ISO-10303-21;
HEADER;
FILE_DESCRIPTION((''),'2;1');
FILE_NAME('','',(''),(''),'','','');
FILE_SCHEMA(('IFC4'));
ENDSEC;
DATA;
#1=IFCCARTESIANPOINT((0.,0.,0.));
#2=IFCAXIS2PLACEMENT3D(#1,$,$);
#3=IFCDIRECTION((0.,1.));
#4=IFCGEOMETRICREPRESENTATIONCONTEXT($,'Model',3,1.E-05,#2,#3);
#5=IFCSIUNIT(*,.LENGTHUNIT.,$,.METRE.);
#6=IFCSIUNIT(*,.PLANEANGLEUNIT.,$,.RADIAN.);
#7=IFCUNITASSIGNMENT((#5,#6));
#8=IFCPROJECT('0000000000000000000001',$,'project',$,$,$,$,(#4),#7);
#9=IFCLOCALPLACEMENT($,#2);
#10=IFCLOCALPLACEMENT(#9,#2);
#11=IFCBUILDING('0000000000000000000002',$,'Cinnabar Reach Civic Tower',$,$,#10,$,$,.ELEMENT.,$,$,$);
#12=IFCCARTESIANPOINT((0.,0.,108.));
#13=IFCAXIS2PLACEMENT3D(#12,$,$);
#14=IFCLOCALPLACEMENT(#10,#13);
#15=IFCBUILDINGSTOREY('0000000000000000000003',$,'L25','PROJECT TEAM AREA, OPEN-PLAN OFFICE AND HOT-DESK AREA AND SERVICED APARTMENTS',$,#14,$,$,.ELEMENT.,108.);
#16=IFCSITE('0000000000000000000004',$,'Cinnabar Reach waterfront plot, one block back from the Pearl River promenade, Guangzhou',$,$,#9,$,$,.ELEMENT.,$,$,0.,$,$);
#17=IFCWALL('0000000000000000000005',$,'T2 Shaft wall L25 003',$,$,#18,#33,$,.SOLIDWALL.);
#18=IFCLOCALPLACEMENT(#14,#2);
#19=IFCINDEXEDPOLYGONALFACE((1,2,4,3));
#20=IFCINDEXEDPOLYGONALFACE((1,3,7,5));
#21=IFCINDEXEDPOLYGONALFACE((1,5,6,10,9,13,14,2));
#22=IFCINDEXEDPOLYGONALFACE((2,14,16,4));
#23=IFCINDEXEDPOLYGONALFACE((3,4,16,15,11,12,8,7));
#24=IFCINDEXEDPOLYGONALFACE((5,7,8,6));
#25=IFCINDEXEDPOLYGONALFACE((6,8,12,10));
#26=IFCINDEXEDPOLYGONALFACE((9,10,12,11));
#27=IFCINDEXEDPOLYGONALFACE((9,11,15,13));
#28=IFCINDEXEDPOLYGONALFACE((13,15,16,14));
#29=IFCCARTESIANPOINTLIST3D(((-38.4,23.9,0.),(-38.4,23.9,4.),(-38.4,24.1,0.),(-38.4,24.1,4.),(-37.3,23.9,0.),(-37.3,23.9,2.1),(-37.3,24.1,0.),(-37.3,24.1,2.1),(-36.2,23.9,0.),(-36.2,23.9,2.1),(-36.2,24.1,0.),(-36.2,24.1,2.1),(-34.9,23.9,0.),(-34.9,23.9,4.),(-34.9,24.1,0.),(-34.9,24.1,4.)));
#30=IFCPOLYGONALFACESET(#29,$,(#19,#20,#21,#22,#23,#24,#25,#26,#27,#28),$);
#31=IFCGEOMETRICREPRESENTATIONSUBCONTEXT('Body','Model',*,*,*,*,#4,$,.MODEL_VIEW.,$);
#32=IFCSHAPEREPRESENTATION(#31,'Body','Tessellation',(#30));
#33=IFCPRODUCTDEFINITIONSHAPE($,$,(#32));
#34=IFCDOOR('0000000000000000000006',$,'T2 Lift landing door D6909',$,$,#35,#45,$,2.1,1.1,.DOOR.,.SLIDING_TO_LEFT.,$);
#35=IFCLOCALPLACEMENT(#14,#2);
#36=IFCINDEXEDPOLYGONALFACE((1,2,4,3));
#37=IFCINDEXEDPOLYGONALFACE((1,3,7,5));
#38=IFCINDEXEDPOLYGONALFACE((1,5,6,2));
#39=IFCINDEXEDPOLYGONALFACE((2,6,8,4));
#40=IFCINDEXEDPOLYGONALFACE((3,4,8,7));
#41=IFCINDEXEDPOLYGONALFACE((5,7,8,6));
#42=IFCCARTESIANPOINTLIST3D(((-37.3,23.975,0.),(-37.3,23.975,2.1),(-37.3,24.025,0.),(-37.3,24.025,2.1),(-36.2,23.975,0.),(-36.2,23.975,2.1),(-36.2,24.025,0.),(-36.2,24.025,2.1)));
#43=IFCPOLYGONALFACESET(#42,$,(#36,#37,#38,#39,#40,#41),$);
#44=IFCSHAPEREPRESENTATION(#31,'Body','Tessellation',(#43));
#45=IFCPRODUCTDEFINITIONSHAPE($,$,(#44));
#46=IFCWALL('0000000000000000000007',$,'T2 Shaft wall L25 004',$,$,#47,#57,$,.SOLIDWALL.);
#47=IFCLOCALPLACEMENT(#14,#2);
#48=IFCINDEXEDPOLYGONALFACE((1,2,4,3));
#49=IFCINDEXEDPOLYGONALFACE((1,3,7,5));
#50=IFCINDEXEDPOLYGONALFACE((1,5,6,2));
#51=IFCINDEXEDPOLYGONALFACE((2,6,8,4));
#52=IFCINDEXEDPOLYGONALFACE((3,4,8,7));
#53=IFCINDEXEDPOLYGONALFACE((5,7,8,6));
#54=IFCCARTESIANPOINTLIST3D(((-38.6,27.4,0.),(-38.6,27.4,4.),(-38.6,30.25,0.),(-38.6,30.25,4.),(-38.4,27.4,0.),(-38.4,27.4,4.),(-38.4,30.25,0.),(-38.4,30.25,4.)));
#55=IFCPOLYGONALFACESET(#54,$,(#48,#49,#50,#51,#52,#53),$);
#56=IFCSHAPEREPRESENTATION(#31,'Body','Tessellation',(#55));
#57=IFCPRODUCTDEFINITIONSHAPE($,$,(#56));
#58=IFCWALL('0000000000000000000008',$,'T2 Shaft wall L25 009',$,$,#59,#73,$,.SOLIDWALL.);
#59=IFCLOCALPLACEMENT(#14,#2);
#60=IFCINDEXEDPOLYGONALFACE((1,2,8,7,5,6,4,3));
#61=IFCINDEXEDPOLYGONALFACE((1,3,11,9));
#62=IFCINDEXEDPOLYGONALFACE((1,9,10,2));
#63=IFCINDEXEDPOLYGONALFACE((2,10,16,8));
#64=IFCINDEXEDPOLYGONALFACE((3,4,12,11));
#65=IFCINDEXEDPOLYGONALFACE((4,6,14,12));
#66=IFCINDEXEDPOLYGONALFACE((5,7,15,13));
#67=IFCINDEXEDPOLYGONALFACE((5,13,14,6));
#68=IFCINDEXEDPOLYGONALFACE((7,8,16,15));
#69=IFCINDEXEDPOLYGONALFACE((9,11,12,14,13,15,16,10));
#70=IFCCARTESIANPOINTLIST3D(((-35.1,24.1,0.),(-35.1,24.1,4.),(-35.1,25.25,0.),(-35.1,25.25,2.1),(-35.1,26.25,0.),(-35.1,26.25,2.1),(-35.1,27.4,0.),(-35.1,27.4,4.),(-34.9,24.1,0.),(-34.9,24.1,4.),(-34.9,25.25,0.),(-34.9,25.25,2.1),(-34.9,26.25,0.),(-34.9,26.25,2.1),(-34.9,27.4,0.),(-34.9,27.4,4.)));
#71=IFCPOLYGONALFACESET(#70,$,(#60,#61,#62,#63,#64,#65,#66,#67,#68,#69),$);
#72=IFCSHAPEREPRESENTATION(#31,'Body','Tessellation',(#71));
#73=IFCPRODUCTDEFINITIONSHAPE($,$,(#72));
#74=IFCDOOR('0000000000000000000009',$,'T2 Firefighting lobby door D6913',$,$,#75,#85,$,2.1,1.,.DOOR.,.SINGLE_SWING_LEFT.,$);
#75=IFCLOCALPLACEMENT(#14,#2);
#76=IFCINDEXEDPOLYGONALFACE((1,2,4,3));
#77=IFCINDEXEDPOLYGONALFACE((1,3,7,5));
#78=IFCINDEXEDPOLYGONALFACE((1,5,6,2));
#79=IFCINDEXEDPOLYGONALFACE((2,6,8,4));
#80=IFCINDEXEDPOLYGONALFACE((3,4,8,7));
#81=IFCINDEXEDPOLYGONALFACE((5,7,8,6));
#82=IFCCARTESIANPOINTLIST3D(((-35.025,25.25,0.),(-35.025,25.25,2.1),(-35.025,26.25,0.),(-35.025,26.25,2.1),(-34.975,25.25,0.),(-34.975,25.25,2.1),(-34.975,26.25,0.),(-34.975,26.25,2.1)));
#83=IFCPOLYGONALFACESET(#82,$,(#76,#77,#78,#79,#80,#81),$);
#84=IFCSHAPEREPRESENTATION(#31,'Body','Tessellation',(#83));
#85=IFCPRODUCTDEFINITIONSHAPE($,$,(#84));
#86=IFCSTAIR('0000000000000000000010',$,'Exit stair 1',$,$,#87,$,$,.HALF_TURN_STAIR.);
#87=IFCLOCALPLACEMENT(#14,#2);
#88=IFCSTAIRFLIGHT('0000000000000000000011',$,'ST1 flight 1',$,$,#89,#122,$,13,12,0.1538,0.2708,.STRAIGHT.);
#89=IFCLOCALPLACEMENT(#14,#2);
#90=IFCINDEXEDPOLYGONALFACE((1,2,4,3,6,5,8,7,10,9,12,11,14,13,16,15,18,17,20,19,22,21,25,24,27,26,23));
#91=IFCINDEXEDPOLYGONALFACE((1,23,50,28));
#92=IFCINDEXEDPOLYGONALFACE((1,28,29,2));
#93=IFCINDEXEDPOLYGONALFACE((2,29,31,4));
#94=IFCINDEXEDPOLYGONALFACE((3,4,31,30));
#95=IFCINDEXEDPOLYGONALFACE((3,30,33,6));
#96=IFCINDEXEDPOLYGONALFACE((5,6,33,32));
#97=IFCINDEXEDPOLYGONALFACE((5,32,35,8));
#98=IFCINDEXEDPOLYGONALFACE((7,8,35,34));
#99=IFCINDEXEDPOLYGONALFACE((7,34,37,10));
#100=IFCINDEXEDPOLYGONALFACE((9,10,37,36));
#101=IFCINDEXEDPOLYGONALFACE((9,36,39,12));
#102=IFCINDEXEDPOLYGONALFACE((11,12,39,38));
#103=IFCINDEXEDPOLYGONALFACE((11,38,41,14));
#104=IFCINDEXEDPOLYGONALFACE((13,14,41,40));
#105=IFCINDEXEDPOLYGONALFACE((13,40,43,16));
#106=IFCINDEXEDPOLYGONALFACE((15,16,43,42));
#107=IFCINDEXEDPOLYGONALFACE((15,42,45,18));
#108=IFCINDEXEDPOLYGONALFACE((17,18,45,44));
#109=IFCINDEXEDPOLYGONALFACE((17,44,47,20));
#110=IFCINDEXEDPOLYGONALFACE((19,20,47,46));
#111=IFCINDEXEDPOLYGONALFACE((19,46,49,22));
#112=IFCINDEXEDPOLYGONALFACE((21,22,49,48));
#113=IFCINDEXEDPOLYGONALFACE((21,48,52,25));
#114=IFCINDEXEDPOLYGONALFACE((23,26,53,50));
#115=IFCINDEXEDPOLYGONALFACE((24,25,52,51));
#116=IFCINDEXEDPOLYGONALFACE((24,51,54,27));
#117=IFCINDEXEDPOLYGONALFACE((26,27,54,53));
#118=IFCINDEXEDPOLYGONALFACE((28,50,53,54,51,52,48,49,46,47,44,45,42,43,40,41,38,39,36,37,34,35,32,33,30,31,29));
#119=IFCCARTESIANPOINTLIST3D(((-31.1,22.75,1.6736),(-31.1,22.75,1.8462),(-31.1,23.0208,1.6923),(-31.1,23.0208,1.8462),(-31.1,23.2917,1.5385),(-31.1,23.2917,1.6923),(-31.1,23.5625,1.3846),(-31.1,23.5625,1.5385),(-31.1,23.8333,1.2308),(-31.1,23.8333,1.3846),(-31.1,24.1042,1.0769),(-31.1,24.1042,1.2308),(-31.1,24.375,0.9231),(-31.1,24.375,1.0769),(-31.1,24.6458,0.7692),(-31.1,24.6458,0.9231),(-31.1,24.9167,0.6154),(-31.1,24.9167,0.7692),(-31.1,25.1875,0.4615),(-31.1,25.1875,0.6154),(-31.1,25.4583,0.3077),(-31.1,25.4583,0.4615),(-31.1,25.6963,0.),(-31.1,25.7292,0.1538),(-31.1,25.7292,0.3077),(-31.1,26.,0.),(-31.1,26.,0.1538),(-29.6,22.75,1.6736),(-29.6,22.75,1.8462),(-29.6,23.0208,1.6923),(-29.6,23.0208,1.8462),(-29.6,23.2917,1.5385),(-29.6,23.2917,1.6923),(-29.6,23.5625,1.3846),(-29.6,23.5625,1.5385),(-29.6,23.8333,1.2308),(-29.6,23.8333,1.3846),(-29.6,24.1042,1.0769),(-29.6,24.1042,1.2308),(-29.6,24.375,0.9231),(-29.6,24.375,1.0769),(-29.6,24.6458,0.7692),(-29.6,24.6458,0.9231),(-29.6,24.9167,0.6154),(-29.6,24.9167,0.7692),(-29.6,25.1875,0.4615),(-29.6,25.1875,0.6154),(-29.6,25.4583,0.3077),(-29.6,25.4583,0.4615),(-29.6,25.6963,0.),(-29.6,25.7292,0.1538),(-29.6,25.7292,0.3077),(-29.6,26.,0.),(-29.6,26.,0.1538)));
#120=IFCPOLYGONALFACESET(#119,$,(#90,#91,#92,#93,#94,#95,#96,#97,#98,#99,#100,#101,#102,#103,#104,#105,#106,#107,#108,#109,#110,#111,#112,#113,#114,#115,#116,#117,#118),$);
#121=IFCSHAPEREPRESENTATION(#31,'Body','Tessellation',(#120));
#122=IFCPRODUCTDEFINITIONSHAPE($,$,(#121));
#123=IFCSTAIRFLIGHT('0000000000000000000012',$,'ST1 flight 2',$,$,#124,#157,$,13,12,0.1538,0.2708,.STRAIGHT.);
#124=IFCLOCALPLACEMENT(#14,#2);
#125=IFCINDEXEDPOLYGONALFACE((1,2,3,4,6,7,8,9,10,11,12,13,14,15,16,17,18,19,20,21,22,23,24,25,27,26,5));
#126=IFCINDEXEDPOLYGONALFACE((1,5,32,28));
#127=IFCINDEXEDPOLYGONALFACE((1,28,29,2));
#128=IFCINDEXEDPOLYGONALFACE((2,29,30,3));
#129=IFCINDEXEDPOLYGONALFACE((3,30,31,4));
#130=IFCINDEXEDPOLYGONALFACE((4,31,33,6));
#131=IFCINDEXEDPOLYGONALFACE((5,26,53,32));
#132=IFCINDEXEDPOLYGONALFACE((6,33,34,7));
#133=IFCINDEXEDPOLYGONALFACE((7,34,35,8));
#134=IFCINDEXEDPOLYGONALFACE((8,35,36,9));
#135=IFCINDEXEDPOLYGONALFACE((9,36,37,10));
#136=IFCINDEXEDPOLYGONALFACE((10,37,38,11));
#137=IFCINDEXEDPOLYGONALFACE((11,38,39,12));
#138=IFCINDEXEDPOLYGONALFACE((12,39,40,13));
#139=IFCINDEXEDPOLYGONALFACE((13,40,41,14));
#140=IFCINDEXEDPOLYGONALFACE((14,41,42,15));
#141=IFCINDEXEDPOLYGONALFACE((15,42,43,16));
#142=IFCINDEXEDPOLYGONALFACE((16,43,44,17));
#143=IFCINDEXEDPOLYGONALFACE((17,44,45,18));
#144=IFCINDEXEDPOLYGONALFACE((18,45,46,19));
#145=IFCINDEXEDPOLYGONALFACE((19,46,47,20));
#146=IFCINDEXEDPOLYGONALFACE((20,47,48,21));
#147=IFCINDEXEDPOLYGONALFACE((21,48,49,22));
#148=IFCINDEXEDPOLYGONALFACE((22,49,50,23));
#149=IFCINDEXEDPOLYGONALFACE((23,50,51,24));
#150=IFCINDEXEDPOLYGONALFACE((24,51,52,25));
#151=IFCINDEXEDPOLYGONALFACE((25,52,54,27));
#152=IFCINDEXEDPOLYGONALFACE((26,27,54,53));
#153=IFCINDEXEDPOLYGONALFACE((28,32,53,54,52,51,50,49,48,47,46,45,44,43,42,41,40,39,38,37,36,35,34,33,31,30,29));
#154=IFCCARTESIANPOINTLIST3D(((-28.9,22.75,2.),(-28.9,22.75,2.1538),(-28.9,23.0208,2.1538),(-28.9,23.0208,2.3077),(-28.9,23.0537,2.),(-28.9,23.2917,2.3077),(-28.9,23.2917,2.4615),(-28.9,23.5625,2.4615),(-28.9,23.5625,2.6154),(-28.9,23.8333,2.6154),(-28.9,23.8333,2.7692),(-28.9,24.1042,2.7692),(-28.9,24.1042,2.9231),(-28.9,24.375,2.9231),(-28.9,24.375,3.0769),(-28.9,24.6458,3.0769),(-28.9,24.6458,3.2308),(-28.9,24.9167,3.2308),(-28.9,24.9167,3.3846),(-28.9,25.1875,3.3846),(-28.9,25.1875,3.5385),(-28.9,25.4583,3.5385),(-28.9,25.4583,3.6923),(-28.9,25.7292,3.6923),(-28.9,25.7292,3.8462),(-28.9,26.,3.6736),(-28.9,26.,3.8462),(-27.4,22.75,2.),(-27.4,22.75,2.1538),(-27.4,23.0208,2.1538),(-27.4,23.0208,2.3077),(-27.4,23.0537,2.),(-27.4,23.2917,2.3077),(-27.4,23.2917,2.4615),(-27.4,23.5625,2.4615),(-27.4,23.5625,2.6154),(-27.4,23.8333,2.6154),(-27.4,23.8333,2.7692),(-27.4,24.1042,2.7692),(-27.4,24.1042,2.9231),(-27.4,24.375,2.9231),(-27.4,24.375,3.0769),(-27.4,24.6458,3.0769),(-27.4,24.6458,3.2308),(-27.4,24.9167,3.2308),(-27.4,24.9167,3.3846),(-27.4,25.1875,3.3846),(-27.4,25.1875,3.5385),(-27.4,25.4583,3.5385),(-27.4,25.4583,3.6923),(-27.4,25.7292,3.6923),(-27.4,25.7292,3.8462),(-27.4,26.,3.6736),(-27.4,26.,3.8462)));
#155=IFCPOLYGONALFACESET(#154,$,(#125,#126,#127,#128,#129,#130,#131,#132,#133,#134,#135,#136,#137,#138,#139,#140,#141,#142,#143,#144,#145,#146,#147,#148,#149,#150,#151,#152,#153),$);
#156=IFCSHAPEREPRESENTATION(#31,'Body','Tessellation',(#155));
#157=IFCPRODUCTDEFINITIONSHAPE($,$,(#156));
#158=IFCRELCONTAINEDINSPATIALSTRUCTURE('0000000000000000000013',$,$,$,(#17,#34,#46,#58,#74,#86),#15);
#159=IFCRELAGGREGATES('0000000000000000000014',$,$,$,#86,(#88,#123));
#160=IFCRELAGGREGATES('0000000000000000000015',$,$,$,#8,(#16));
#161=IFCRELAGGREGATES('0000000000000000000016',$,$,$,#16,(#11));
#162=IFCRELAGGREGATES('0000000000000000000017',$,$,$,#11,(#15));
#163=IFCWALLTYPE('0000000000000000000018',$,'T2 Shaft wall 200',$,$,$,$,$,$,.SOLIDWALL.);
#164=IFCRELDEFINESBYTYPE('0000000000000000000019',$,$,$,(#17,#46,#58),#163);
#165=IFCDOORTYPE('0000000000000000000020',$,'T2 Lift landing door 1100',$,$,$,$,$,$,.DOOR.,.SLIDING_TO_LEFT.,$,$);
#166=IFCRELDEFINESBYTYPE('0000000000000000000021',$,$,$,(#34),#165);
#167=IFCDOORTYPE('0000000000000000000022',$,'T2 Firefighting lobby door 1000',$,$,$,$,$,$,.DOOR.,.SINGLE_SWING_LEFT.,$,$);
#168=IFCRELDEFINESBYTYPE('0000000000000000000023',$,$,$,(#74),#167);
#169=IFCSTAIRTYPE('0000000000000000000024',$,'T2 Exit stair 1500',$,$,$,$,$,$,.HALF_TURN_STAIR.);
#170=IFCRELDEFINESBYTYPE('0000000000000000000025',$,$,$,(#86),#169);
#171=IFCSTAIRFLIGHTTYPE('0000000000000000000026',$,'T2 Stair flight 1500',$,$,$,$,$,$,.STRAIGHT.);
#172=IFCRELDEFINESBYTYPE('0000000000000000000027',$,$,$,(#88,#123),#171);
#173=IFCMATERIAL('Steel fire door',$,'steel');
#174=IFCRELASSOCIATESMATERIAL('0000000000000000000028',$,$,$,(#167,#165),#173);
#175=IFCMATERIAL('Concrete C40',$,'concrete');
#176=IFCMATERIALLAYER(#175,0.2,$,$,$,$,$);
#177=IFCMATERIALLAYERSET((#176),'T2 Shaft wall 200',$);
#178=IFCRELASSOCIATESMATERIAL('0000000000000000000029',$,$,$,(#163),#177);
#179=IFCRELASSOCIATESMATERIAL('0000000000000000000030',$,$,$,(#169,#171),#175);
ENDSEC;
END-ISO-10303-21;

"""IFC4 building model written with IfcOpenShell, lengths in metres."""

from ifc_helpers import new_model, si_unit, direction, frame, frame_2d, origin, place, context, subcontext, project, spatial, polyline, rectangle, outline, extrude, material, layer, layer_set, type_object, element, fill, aggregate, save


model = new_model("IFC4")

# Units and contexts
model_context = context("Model", 3, precision=1e-05, world=origin(), true_north=direction((0.0, 1.0)))
body_context = subcontext(model_context, "Body", "Model", "MODEL_VIEW")
ifc_project = project(units=[si_unit("LENGTHUNIT", "METRE"), si_unit("PLANEANGLEUNIT", "RADIAN")], contexts=[model_context])

# Site, building, storey
site_placement = place(None, origin())
site = spatial("IfcSite", under=ifc_project, at=site_placement, Name="Cinnabar Reach waterfront plot, one block back from the Pearl River promenade, Guangzhou", CompositionType="ELEMENT", RefElevation=0.0)
building_placement = place(site_placement, origin())
building = spatial("IfcBuilding", under=site, at=building_placement, Name="Cinnabar Reach Civic Tower", CompositionType="ELEMENT")
storey_placement = place(building_placement, frame((0.0, 0.0, 108.0)))
storey = spatial("IfcBuildingStorey", under=building, at=storey_placement, Name="L25", Description="PROJECT TEAM AREA, OPEN-PLAN OFFICE AND HOT-DESK AREA AND SERVICED APARTMENTS", CompositionType="ELEMENT", Elevation=108.0)

# Shared definitions
ifc_material_1 = material(Name="Steel fire door", Category="steel")
door_type_1 = type_object("IfcDoorType", Name="T2 Firefighting lobby door 1000", OperationType="SINGLE_SWING_LEFT", PredefinedType="DOOR", material=ifc_material_1)

# Shared definitions
ifc_material_2 = material(Name="Concrete C40", Category="concrete")
ifc_layer_1 = layer(ifc_material_2, 0.2)
ifc_layer_set_1 = layer_set([ifc_layer_1], Name="T2 Shaft wall 200")
wall_type_1 = type_object("IfcWallType", Name="T2 Shaft wall 200", PredefinedType="SOLIDWALL", material=ifc_layer_set_1)

# Wall, opening, door
door_type_2 = type_object("IfcDoorType", Name="T2 Lift landing door 1100", OperationType="SLIDING_TO_LEFT", PredefinedType="DOOR", material=ifc_material_1)
wall_1_placement = place(storey_placement, frame((-34.9, 24.0, 0.0), z_axis=(0.0, 0.0, 1.0), x_axis=(-1.0, 0.0, 0.0)))
wall_1 = element("IfcWall", 1, at=wall_1_placement, inside=storey, type_object=wall_type_1, Name="T2 Shaft wall L25 003", PredefinedType="SOLIDWALL", context=body_context, shape_type="SweptSolid", body=[
    extrude(rectangle(XDim=3.5, YDim=0.2, at=frame_2d((1.75, 0.0))), origin(), (0.0, 0.0, 1.0), 4.0),
])
opening_1_placement = place(wall_1_placement, frame((1.3, 0.0, 0.0)))
opening_1 = element("IfcOpeningElement", 2, at=opening_1_placement, cuts=wall_1, PredefinedType="OPENING", context=body_context, shape_type="SweptSolid", body=[
    extrude(rectangle(XDim=1.1, YDim=2.1, at=frame_2d((0.55, 1.05))), frame((0.0, 0.11, 0.0), z_axis=(0.0, -1.0, 0.0), x_axis=(1.0, 0.0, 0.0)), (0.0, 0.0, 1.0), 0.22),
])
door_1_placement = place(opening_1_placement, origin())
door_1 = element("IfcDoor", 3, at=door_1_placement, inside=storey, type_object=door_type_2, Name="T2 Lift landing door D6909", OperationType="SLIDING_TO_LEFT", OverallHeight=2.1, OverallWidth=1.1, PredefinedType="DOOR", context=body_context, shape_type="SweptSolid", body=[
    extrude(rectangle(XDim=1.1, YDim=2.1, at=frame_2d((0.55, 1.05))), frame((0.0, 0.025, 0.0), z_axis=(0.0, -1.0, 0.0), x_axis=(1.0, 0.0, 0.0)), (0.0, 0.0, 1.0), 0.05),
])
fill(opening_1, door_1)

# Wall
wall_2_placement = place(storey_placement, frame((-38.5, 27.4, 0.0), z_axis=(0.0, 0.0, 1.0), x_axis=(0.0, 1.0, 0.0)))
element("IfcWall", 4, at=wall_2_placement, inside=storey, type_object=wall_type_1, Name="T2 Shaft wall L25 004", PredefinedType="SOLIDWALL", context=body_context, shape_type="SweptSolid", body=[
    extrude(rectangle(XDim=2.85, YDim=0.2, at=frame_2d((1.425, 0.0))), origin(), (0.0, 0.0, 1.0), 4.0),
])

# Wall, opening, door
wall_3_placement = place(storey_placement, frame((-35.0, 24.1, 0.0), z_axis=(0.0, 0.0, 1.0), x_axis=(0.0, 1.0, 0.0)))
wall_3 = element("IfcWall", 5, at=wall_3_placement, inside=storey, type_object=wall_type_1, Name="T2 Shaft wall L25 009", PredefinedType="SOLIDWALL", context=body_context, shape_type="SweptSolid", body=[
    extrude(rectangle(XDim=3.3, YDim=0.2, at=frame_2d((1.65, 0.0))), origin(), (0.0, 0.0, 1.0), 4.0),
])
opening_2_placement = place(wall_3_placement, frame((1.15, 0.0, 0.0)))
opening_2 = element("IfcOpeningElement", 6, at=opening_2_placement, cuts=wall_3, PredefinedType="OPENING", context=body_context, shape_type="SweptSolid", body=[
    extrude(rectangle(XDim=1.0, YDim=2.1, at=frame_2d((0.5, 1.05))), frame((0.0, 0.11, 0.0), z_axis=(0.0, -1.0, 0.0), x_axis=(1.0, 0.0, 0.0)), (0.0, 0.0, 1.0), 0.22),
])
door_2_placement = place(opening_2_placement, origin())
door_2 = element("IfcDoor", 7, at=door_2_placement, inside=storey, type_object=door_type_1, Name="T2 Firefighting lobby door D6913", OperationType="SINGLE_SWING_LEFT", OverallHeight=2.1, OverallWidth=1.0, PredefinedType="DOOR", context=body_context, shape_type="SweptSolid", body=[
    extrude(rectangle(XDim=1.0, YDim=2.1, at=frame_2d((0.5, 1.05))), frame((0.0, 0.025, 0.0), z_axis=(0.0, -1.0, 0.0), x_axis=(1.0, 0.0, 0.0)), (0.0, 0.0, 1.0), 0.05),
])
fill(opening_2, door_2)

# Stair, stair flights
stair_type = type_object("IfcStairType", Name="T2 Exit stair 1500", PredefinedType="HALF_TURN_STAIR", material=ifc_material_2)
stair_placement = place(storey_placement, origin())
stair = element("IfcStair", 8, at=stair_placement, inside=storey, type_object=stair_type, Name="Exit stair 1", PredefinedType="HALF_TURN_STAIR")
stair_flight_type = type_object("IfcStairFlightType", Name="T2 Stair flight 1500", PredefinedType="STRAIGHT", material=ifc_material_2)
stair_flight_1_placement = place(storey_placement, frame((-30.35, 26.0, 0.0), z_axis=(0.0, 0.0, 1.0), x_axis=(0.0, -1.0, 0.0)))
stair_flight_1 = element("IfcStairFlight", 9, at=stair_flight_1_placement, type_object=stair_flight_type, Name="ST1 flight 1", NumberOfRisers=13, NumberOfTreads=12, PredefinedType="STRAIGHT", RiserHeight=0.1538, TreadLength=0.2708, context=body_context, shape_type="SweptSolid", body=[
    extrude(outline(polyline([(0.0, 0.0), (0.0, 0.1538), (0.2708, 0.1538), (0.2708, 0.3077), (0.5417, 0.3077), (0.5417, 0.4615), (0.8125, 0.4615), (0.8125, 0.6154), (1.0833, 0.6154), (1.0833, 0.7692), (1.3542, 0.7692), (1.3542, 0.9231), (1.625, 0.9231), (1.625, 1.0769), (1.8958, 1.0769), (1.8958, 1.2308), (2.1667, 1.2308), (2.1667, 1.3846), (2.4375, 1.3846), (2.4375, 1.5385), (2.7083, 1.5385), (2.7083, 1.6923), (2.9792, 1.6923), (2.9792, 1.8462), (3.25, 1.8462), (3.25, 2.0), (3.25, 1.6736), (0.3037, 0.0), (0.0, 0.0)])), frame((0.0, 0.75, 0.0), z_axis=(0.0, -1.0, 0.0), x_axis=(1.0, 0.0, 0.0)), (0.0, 0.0, 1.0), 1.5),
])
stair_flight_2_placement = place(storey_placement, frame((-28.15, 22.75, 2.0), z_axis=(0.0, 0.0, 1.0), x_axis=(0.0, 1.0, 0.0)))
stair_flight_2 = element("IfcStairFlight", 10, at=stair_flight_2_placement, type_object=stair_flight_type, Name="ST1 flight 2", NumberOfRisers=13, NumberOfTreads=12, PredefinedType="STRAIGHT", RiserHeight=0.1538, TreadLength=0.2708, context=body_context, shape_type="SweptSolid", body=[
    extrude(outline(polyline([(0.0, 0.0), (0.0, 0.1538), (0.2708, 0.1538), (0.2708, 0.3077), (0.5417, 0.3077), (0.5417, 0.4615), (0.8125, 0.4615), (0.8125, 0.6154), (1.0833, 0.6154), (1.0833, 0.7692), (1.3542, 0.7692), (1.3542, 0.9231), (1.625, 0.9231), (1.625, 1.0769), (1.8958, 1.0769), (1.8958, 1.2308), (2.1667, 1.2308), (2.1667, 1.3846), (2.4375, 1.3846), (2.4375, 1.5385), (2.7083, 1.5385), (2.7083, 1.6923), (2.9792, 1.6923), (2.9792, 1.8462), (3.25, 1.8462), (3.25, 2.0), (3.25, 1.6736), (0.3037, 0.0), (0.0, 0.0)])), frame((0.0, 0.75, 0.0), z_axis=(0.0, -1.0, 0.0), x_axis=(1.0, 0.0, 0.0)), (0.0, 0.0, 1.0), 1.5),
])
aggregate(stair, [stair_flight_1, stair_flight_2])

save(model, "model.ifc")
